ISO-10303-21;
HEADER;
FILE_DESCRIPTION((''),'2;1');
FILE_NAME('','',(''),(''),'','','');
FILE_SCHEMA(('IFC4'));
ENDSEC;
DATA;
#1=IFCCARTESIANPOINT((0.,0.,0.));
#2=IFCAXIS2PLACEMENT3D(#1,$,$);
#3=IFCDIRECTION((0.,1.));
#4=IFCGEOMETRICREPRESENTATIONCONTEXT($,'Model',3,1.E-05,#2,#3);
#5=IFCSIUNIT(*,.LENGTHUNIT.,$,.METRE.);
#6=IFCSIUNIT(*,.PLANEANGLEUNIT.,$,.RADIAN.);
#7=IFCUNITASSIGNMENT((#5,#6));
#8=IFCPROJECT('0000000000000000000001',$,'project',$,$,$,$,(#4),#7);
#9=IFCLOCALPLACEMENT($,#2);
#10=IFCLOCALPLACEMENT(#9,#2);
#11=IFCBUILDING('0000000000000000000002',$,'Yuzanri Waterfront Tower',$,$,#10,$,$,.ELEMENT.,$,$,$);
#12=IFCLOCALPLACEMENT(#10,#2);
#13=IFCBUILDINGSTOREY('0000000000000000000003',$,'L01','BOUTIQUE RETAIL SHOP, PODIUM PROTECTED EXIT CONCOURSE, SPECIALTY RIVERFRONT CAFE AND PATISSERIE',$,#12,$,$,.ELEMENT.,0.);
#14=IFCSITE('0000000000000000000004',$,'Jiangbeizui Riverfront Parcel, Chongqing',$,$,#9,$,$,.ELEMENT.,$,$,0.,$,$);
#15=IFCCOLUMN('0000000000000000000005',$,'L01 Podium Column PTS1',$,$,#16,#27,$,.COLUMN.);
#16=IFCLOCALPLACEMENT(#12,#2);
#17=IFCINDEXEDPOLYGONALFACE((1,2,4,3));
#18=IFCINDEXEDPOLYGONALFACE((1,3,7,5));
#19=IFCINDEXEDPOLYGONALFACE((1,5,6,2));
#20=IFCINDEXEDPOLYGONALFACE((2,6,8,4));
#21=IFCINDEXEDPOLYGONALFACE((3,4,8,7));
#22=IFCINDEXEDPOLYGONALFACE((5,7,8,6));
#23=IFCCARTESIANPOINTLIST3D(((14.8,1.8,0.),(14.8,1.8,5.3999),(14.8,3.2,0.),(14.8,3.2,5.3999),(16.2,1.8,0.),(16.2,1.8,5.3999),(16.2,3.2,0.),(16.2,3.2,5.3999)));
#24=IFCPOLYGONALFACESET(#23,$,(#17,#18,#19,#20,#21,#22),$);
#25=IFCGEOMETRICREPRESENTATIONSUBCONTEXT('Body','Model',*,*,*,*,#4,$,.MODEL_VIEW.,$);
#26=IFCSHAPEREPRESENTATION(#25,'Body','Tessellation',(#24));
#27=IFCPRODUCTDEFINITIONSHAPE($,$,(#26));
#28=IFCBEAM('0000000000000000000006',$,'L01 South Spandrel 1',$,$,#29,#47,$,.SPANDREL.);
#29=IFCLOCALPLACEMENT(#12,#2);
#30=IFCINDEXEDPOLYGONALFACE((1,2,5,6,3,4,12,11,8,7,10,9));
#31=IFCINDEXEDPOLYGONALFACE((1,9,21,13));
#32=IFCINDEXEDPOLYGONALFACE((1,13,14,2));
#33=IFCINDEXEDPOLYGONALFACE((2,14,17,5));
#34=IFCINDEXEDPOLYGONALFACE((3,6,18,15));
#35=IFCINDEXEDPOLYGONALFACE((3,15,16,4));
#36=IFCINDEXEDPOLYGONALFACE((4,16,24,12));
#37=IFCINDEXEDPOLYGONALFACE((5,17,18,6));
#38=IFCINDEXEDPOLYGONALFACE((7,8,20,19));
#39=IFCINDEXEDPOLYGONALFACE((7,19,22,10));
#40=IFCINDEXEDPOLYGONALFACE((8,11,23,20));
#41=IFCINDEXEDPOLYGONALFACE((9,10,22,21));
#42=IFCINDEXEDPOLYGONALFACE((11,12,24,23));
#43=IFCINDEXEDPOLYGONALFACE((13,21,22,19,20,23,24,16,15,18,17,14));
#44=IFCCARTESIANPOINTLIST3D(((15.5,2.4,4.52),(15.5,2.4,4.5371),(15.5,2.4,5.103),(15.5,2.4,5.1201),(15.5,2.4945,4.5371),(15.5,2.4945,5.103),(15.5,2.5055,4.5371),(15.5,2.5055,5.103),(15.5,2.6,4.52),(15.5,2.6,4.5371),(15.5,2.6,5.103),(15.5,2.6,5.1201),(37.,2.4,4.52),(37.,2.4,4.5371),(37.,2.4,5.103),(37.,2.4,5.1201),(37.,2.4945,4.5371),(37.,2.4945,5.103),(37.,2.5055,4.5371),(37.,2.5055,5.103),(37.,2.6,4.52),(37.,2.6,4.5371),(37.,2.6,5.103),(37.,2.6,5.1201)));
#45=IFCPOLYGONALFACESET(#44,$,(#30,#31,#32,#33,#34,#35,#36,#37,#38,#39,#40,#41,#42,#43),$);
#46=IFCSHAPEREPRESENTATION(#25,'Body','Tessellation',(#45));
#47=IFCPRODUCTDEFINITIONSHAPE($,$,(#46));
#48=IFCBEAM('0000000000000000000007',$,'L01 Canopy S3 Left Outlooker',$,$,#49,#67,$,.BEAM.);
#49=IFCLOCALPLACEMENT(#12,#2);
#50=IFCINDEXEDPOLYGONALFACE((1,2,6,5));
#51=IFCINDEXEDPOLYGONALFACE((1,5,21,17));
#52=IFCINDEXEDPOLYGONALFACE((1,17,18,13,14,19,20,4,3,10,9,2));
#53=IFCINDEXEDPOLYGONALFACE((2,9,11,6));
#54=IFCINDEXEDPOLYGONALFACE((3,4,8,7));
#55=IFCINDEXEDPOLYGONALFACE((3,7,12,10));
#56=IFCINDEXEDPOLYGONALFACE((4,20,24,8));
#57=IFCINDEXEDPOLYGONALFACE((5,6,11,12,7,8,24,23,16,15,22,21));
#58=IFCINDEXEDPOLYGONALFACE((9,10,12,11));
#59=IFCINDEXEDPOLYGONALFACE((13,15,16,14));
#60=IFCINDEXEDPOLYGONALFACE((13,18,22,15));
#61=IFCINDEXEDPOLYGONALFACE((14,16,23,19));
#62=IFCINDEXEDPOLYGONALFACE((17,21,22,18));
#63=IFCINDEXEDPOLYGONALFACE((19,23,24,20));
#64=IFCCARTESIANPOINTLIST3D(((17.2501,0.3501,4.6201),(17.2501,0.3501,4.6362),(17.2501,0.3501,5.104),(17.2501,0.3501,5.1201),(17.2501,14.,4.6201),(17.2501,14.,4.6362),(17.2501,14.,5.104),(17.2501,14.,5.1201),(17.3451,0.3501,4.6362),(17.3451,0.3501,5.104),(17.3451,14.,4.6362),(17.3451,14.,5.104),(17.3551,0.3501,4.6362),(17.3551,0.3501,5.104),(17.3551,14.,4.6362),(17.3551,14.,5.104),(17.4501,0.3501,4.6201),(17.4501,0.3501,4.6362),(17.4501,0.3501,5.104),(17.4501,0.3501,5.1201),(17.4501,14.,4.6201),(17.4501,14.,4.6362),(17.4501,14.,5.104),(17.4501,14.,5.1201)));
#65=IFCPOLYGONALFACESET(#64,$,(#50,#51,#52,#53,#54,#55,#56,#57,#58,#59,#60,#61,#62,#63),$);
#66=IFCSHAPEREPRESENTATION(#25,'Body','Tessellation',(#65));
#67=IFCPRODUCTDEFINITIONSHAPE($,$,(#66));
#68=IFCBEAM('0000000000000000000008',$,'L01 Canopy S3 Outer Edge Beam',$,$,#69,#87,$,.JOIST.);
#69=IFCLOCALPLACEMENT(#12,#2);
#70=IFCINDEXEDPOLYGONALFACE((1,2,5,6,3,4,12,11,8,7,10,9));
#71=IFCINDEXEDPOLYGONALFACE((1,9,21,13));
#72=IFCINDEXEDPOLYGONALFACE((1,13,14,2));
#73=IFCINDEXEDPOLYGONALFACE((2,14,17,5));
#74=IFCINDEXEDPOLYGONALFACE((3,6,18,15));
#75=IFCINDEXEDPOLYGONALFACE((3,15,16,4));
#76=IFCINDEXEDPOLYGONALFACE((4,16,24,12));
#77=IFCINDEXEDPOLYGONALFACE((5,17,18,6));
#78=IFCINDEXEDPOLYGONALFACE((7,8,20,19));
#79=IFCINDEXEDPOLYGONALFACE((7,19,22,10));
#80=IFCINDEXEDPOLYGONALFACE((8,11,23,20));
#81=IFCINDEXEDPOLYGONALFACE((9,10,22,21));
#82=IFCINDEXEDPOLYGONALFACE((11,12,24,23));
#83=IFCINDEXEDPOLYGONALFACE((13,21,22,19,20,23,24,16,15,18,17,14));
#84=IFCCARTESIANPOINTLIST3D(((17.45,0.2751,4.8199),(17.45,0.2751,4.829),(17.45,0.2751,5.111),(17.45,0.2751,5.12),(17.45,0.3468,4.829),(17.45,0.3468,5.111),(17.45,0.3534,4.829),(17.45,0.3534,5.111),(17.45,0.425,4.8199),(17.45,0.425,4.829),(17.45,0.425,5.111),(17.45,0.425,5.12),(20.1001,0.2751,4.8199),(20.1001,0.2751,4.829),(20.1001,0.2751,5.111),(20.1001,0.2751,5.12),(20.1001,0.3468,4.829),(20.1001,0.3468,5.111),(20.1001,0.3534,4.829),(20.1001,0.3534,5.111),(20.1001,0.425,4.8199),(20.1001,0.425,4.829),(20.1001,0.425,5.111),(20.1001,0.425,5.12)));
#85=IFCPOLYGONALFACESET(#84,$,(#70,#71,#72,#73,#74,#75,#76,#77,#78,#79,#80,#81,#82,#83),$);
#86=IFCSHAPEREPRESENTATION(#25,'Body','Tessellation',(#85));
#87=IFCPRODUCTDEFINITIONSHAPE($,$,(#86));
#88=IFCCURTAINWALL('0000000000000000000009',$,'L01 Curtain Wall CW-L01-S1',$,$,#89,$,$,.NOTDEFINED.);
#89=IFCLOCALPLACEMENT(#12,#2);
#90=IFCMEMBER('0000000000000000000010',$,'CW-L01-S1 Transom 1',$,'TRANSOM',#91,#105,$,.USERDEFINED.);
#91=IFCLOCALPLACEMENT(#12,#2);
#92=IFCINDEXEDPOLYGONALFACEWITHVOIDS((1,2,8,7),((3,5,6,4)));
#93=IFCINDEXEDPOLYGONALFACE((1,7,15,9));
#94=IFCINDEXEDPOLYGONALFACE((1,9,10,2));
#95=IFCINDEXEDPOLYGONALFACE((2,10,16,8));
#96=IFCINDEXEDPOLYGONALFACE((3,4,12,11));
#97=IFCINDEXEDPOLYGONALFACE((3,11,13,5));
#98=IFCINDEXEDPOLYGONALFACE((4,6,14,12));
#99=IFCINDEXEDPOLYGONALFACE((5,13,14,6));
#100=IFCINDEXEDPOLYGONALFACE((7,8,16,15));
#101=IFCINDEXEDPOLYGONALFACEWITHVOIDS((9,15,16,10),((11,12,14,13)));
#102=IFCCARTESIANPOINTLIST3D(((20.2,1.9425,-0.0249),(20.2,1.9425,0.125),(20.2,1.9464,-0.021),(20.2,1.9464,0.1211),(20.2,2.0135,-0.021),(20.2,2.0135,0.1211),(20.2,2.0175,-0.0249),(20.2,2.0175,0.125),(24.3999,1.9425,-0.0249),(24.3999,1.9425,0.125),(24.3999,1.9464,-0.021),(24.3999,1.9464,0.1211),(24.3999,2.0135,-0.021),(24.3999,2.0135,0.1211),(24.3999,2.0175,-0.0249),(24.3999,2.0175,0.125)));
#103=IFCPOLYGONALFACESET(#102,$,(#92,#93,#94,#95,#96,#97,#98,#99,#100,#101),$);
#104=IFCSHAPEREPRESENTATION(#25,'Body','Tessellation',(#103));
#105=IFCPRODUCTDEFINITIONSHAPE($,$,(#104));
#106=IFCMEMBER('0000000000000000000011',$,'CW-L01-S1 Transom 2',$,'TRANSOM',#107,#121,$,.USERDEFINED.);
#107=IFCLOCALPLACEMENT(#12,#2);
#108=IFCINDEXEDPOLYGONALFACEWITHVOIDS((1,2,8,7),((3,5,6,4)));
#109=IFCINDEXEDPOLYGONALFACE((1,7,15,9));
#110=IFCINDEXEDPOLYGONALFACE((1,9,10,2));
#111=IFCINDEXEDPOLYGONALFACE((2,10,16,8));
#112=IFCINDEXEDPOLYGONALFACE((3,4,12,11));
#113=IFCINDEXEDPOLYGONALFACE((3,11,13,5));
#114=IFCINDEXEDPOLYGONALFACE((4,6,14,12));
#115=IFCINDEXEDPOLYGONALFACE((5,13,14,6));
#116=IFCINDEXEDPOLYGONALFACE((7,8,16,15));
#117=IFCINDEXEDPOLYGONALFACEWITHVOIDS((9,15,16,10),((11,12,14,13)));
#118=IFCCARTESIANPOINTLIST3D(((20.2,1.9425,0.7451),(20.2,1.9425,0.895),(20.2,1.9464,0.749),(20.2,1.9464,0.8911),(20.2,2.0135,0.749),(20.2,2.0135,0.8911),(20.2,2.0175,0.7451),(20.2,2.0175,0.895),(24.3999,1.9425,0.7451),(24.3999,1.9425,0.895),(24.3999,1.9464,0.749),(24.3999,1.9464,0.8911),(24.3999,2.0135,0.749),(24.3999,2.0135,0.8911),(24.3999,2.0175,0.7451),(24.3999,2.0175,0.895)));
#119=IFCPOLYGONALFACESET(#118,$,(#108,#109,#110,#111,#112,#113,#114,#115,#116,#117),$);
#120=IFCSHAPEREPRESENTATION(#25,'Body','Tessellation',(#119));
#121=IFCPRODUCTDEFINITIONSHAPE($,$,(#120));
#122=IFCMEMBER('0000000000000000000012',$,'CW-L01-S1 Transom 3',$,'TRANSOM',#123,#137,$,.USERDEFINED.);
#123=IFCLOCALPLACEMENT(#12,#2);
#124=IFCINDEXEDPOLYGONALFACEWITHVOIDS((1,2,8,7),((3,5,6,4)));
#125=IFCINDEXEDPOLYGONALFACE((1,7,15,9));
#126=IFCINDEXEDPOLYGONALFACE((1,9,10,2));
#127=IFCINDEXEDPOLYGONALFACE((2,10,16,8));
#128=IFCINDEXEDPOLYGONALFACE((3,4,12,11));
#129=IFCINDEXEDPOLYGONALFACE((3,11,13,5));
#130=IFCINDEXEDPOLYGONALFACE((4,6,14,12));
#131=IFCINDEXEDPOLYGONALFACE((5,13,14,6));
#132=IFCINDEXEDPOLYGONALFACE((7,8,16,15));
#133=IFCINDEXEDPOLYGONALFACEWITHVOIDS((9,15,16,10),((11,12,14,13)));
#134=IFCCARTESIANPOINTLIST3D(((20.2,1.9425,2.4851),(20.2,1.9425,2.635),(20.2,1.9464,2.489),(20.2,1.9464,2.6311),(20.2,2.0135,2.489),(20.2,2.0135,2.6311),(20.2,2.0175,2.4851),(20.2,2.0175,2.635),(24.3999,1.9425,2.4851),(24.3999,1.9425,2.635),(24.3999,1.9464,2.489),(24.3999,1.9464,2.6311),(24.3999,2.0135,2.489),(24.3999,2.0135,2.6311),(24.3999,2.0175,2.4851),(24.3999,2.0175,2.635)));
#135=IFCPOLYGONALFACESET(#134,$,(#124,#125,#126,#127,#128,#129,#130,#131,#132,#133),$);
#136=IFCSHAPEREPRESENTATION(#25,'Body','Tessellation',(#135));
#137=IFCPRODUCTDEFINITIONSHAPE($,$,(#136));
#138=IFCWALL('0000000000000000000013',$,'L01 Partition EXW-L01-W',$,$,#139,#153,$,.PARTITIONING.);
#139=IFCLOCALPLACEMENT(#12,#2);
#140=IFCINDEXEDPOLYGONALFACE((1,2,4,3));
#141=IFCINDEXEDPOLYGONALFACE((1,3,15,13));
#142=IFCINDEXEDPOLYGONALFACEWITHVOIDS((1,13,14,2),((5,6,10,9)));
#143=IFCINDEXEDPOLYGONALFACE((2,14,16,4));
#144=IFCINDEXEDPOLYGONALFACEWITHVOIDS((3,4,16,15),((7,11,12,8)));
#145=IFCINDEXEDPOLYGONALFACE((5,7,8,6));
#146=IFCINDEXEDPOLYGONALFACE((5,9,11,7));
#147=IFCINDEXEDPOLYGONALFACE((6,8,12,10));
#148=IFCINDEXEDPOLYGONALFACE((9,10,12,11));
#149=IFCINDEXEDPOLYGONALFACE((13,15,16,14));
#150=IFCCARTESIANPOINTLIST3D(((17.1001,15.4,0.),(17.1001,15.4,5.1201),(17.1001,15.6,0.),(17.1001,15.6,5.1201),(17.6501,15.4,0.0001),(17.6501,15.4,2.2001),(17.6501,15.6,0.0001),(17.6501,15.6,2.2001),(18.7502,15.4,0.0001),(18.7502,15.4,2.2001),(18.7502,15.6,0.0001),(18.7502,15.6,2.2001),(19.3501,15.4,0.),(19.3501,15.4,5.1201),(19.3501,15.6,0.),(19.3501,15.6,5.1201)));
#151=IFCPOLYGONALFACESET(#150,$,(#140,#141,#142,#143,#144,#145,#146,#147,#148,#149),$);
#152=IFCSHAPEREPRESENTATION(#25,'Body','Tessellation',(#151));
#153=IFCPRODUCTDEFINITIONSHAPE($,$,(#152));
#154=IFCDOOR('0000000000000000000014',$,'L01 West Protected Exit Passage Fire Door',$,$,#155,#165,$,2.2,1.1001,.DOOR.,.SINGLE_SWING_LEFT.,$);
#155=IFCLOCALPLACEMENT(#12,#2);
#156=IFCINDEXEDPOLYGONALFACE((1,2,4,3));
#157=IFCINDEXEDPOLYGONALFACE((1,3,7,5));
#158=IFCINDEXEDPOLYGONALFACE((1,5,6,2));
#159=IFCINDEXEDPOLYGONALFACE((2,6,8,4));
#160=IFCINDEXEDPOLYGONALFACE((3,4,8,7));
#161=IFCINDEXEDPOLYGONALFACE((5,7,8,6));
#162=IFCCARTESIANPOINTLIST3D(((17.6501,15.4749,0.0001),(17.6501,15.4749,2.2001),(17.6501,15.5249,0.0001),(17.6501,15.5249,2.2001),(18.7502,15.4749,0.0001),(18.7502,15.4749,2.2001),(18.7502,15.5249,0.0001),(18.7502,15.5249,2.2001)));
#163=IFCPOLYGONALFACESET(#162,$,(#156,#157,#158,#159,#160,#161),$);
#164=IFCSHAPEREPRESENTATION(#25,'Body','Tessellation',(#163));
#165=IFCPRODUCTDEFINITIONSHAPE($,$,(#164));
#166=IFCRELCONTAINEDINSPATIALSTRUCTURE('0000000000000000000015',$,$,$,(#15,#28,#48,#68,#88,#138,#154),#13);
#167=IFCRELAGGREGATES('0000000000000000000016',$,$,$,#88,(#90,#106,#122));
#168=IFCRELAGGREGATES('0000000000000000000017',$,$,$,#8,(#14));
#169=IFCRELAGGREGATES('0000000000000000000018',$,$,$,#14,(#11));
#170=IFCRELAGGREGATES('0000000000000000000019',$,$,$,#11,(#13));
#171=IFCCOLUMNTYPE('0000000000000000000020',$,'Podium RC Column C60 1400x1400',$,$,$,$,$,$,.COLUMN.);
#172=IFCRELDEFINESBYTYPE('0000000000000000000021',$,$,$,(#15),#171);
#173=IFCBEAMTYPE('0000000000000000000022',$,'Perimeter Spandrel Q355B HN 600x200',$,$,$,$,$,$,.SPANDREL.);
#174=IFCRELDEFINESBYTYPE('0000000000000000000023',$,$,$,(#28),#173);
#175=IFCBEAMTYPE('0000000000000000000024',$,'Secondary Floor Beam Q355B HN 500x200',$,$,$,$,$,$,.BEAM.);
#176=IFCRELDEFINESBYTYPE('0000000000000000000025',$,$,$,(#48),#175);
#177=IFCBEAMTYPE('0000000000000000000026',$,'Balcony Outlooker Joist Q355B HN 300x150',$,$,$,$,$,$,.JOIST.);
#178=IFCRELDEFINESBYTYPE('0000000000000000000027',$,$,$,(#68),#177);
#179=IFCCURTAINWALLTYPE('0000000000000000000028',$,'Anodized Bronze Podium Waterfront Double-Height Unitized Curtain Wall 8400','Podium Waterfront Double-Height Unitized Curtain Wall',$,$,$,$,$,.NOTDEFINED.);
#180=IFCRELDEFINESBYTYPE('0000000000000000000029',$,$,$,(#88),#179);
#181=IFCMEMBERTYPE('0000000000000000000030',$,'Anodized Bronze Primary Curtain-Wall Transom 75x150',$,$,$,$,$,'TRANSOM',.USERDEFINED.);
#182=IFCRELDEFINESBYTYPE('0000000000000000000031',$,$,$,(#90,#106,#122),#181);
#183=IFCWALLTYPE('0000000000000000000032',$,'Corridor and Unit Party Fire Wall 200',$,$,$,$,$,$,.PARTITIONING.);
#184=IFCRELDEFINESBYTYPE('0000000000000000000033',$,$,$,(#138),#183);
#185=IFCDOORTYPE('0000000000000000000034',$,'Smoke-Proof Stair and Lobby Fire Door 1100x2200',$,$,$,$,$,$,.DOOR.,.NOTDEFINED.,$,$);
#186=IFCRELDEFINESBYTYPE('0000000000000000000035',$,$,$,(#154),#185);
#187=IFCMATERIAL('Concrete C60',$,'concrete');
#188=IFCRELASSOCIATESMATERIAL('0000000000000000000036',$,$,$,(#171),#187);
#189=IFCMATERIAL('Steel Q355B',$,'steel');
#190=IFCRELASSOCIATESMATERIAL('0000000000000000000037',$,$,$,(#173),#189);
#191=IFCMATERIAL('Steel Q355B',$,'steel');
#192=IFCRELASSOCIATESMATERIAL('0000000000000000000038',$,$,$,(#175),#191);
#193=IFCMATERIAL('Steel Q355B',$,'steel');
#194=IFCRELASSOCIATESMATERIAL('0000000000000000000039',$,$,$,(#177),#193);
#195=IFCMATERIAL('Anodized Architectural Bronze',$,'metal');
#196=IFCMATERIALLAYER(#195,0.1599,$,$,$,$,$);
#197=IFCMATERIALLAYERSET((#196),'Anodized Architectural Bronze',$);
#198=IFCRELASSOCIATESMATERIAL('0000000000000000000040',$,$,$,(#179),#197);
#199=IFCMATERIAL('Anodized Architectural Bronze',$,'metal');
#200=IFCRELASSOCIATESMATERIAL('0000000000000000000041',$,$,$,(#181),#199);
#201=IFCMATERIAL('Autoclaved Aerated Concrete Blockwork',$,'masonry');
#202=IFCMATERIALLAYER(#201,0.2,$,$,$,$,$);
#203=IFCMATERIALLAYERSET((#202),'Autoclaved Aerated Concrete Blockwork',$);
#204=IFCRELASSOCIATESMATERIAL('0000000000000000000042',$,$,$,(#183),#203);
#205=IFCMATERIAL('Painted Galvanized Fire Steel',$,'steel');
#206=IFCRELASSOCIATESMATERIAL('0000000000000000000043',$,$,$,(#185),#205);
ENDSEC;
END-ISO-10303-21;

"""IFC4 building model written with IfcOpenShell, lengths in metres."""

from ifc_helpers import new_model, si_unit, direction, frame, frame_2d, origin, origin_2d, place, context, subcontext, project, spatial, rectangle, hollow_rectangle, i_section, extrude, source, transform, mapped, material, layer, layer_set, material_profile, profile_set, type_object, element, fill, aggregate, save


model = new_model("IFC4")

# Units and contexts
model_context = context("Model", 3, precision=1e-05, world=origin(), true_north=direction((0.0, 1.0)))
body_context = subcontext(model_context, "Body", "Model", "MODEL_VIEW")
ifc_project = project(units=[si_unit("LENGTHUNIT", "METRE"), si_unit("PLANEANGLEUNIT", "RADIAN")], contexts=[model_context])

# Site, building, storey
site_placement = place(None, origin())
site = spatial("IfcSite", under=ifc_project, at=site_placement, Name="Jiangbeizui Riverfront Parcel, Chongqing", CompositionType="ELEMENT", RefElevation=0.0)
building_placement = place(site_placement, origin())
building = spatial("IfcBuilding", under=site, at=building_placement, Name="Yuzanri Waterfront Tower", CompositionType="ELEMENT")
storey_placement = place(building_placement, origin())
storey = spatial("IfcBuildingStorey", under=building, at=storey_placement, Name="L01", Description="BOUTIQUE RETAIL SHOP, PODIUM PROTECTED EXIT CONCOURSE, SPECIALTY RIVERFRONT CAFE AND PATISSERIE", CompositionType="ELEMENT", Elevation=0.0)

# Column
ifc_material_1 = material(Name="Concrete C60", Category="concrete")
ifc_material_profile_1 = material_profile(ifc_material_1, rectangle(XDim=1.3999, YDim=1.3999, at=origin_2d()), Name="RC 1400x1400")
ifc_profile_set_1 = profile_set([ifc_material_profile_1], Name="Concrete C60")
column_type = type_object("IfcColumnType", Name="Podium RC Column C60 1400x1400", PredefinedType="COLUMN", material=ifc_profile_set_1)
shared_shape_1 = source(origin(), body_context, "Body", "SweptSolid", [
    extrude(rectangle(XDim=1.3999, YDim=1.3999, at=origin_2d()), origin(), (0.0, 0.0, 1.0), 5.3999),
])
column_placement = place(storey_placement, frame((15.5, 2.5, 0.0), z_axis=(0.0, 0.0, 1.0), x_axis=(1.0, 0.0, 0.0)))
element("IfcColumn", 1, at=column_placement, inside=storey, type_object=column_type, Name="L01 Podium Column PTS1", PredefinedType="COLUMN", context=body_context, shape_type="MappedRepresentation", body=[
    mapped(shared_shape_1, transform((0.0, 0.0, 0.0), scale=1.0)),
])

# Beams
ifc_material_2 = material(Name="Steel Q355B", Category="steel")
ifc_material_profile_2 = material_profile(ifc_material_2, i_section(OverallWidth=0.2, OverallDepth=0.6001, WebThickness=0.011, FlangeThickness=0.0171, at=origin_2d()), Name="HN 600x200x11x17")
ifc_profile_set_2 = profile_set([ifc_material_profile_2], Name="Steel Q355B")
beam_type_1 = type_object("IfcBeamType", Name="Perimeter Spandrel Q355B HN 600x200", PredefinedType="SPANDREL", material=ifc_profile_set_2)
shared_shape_2 = source(origin(), body_context, "Body", "SweptSolid", [
    extrude(i_section(OverallWidth=0.2, OverallDepth=0.6001, WebThickness=0.011, FlangeThickness=0.0171, at=origin_2d()), origin(), (0.0, 0.0, 1.0), 21.5),
])
beam_1_placement = place(storey_placement, frame((15.5, 2.5, 4.8201), z_axis=(1.0, 0.0, 0.0), x_axis=(0.0, 1.0, 0.0)))
element("IfcBeam", 2, at=beam_1_placement, inside=storey, type_object=beam_type_1, Name="L01 South Spandrel 1", PredefinedType="SPANDREL", context=body_context, shape_type="MappedRepresentation", body=[
    mapped(shared_shape_2, transform((0.0, 0.0, 0.0), scale=1.0)),
])
ifc_material_3 = material(Name="Steel Q355B", Category="steel")
ifc_material_profile_3 = material_profile(ifc_material_3, i_section(OverallWidth=0.2, OverallDepth=0.5, WebThickness=0.01, FlangeThickness=0.0161, at=origin_2d()), Name="HN 500x200x10x16")
ifc_profile_set_3 = profile_set([ifc_material_profile_3], Name="Steel Q355B")
beam_type_2 = type_object("IfcBeamType", Name="Secondary Floor Beam Q355B HN 500x200", PredefinedType="BEAM", material=ifc_profile_set_3)
shared_shape_3 = source(origin(), body_context, "Body", "SweptSolid", [
    extrude(i_section(OverallWidth=0.2, OverallDepth=0.5, WebThickness=0.01, FlangeThickness=0.0161, at=origin_2d()), origin(), (0.0, 0.0, 1.0), 13.6499),
])
beam_2_placement = place(storey_placement, frame((17.3501, 14.0, 4.8701), z_axis=(0.0, -1.0, 0.0), x_axis=(1.0, 0.0, 0.0)))
element("IfcBeam", 3, at=beam_2_placement, inside=storey, type_object=beam_type_2, Name="L01 Canopy S3 Left Outlooker", PredefinedType="BEAM", context=body_context, shape_type="MappedRepresentation", body=[
    mapped(shared_shape_3, transform((0.0, 0.0, 0.0), scale=1.0)),
])
ifc_material_4 = material(Name="Steel Q355B", Category="steel")
ifc_material_profile_4 = material_profile(ifc_material_4, i_section(OverallWidth=0.1499, OverallDepth=0.3, WebThickness=0.0066, FlangeThickness=0.009, at=origin_2d()), Name="HN 300x150x6.5x9")
ifc_profile_set_4 = profile_set([ifc_material_profile_4], Name="Steel Q355B")
beam_type_3 = type_object("IfcBeamType", Name="Balcony Outlooker Joist Q355B HN 300x150", PredefinedType="JOIST", material=ifc_profile_set_4)
shared_shape_4 = source(origin(), body_context, "Body", "SweptSolid", [
    extrude(i_section(OverallWidth=0.1499, OverallDepth=0.3, WebThickness=0.0066, FlangeThickness=0.009, at=origin_2d()), origin(), (0.0, 0.0, 1.0), 2.6501),
])
beam_3_placement = place(storey_placement, frame((17.45, 0.3501, 4.97), z_axis=(1.0, 0.0, 0.0), x_axis=(0.0, 1.0, 0.0)))
element("IfcBeam", 4, at=beam_3_placement, inside=storey, type_object=beam_type_3, Name="L01 Canopy S3 Outer Edge Beam", PredefinedType="JOIST", context=body_context, shape_type="MappedRepresentation", body=[
    mapped(shared_shape_4, transform((0.0, 0.0, 0.0), scale=1.0)),
])

# Curtain wall, members
ifc_material_5 = material(Name="Anodized Architectural Bronze", Category="metal")
ifc_layer_1 = layer(ifc_material_5, 0.1599)
ifc_layer_set_1 = layer_set([ifc_layer_1], Name="Anodized Architectural Bronze")
curtain_wall_type = type_object("IfcCurtainWallType", Name="Anodized Bronze Podium Waterfront Double-Height Unitized Curtain Wall 8400", Description="Podium Waterfront Double-Height Unitized Curtain Wall", PredefinedType="NOTDEFINED", material=ifc_layer_set_1)
curtain_wall_placement = place(storey_placement, origin())
curtain_wall = element("IfcCurtainWall", 5, at=curtain_wall_placement, inside=storey, type_object=curtain_wall_type, Name="L01 Curtain Wall CW-L01-S1", PredefinedType="NOTDEFINED")
ifc_material_6 = material(Name="Anodized Architectural Bronze", Category="metal")
ifc_material_profile_5 = material_profile(ifc_material_6, hollow_rectangle(XDim=0.075, YDim=0.1499, WallThickness=0.0039, at=origin_2d()), Name="CWT 75x150")
ifc_profile_set_5 = profile_set([ifc_material_profile_5], Name="Anodized Architectural Bronze")
member_type = type_object("IfcMemberType", Name="Anodized Bronze Primary Curtain-Wall Transom 75x150", ElementType="TRANSOM", PredefinedType="USERDEFINED", material=ifc_profile_set_5)
shared_shape_5 = source(origin(), body_context, "Body", "SweptSolid", [
    extrude(hollow_rectangle(XDim=0.075, YDim=0.1499, WallThickness=0.0039, at=origin_2d()), origin(), (0.0, 0.0, 1.0), 4.2),
])
member_1_placement = place(storey_placement, frame((20.2, 1.98, 0.05), z_axis=(1.0, 0.0, 0.0), x_axis=(0.0, 1.0, 0.0)))
member_1 = element("IfcMember", 6, at=member_1_placement, type_object=member_type, Name="CW-L01-S1 Transom 1", ObjectType="TRANSOM", PredefinedType="USERDEFINED", context=body_context, shape_type="MappedRepresentation", body=[
    mapped(shared_shape_5, transform((0.0, 0.0, 0.0), scale=1.0)),
])
member_2_placement = place(storey_placement, frame((20.2, 1.98, 0.8201), z_axis=(1.0, 0.0, 0.0), x_axis=(0.0, 1.0, 0.0)))
member_2 = element("IfcMember", 7, at=member_2_placement, type_object=member_type, Name="CW-L01-S1 Transom 2", ObjectType="TRANSOM", PredefinedType="USERDEFINED", context=body_context, shape_type="MappedRepresentation", body=[
    mapped(shared_shape_5, transform((0.0, 0.0, 0.0), scale=1.0)),
])
member_3_placement = place(storey_placement, frame((20.2, 1.98, 2.5601), z_axis=(1.0, 0.0, 0.0), x_axis=(0.0, 1.0, 0.0)))
member_3 = element("IfcMember", 8, at=member_3_placement, type_object=member_type, Name="CW-L01-S1 Transom 3", ObjectType="TRANSOM", PredefinedType="USERDEFINED", context=body_context, shape_type="MappedRepresentation", body=[
    mapped(shared_shape_5, transform((0.0, 0.0, 0.0), scale=1.0)),
])
aggregate(curtain_wall, [member_1, member_2, member_3])

# Wall, opening, door
ifc_material_7 = material(Name="Autoclaved Aerated Concrete Blockwork", Category="masonry")
ifc_layer_2 = layer(ifc_material_7, 0.2)
ifc_layer_set_2 = layer_set([ifc_layer_2], Name="Autoclaved Aerated Concrete Blockwork")
wall_type_1 = type_object("IfcWallType", Name="Corridor and Unit Party Fire Wall 200", PredefinedType="PARTITIONING", material=ifc_layer_set_2)
wall_1_placement = place(storey_placement, frame((17.1001, 15.5, 0.0), z_axis=(0.0, 0.0, 1.0), x_axis=(1.0, 0.0, 0.0)))
wall_1 = element("IfcWall", 9, at=wall_1_placement, inside=storey, type_object=wall_type_1, Name="L01 Partition EXW-L01-W", PredefinedType="PARTITIONING", context=body_context, shape_type="SweptSolid", body=[
    extrude(rectangle(XDim=2.25, YDim=0.2, at=frame_2d((1.125, 0.0))), origin(), (0.0, 0.0, 1.0), 5.1201),
])
opening_1_placement = place(wall_1_placement, frame((0.55, 0.0, 0.0)))
opening_1 = element("IfcOpeningElement", 10, at=opening_1_placement, cuts=wall_1, PredefinedType="OPENING", context=body_context, shape_type="SweptSolid", body=[
    extrude(rectangle(XDim=1.1001, YDim=2.2, at=frame_2d((0.55, 1.1001))), frame((0.0, 0.1147, 0.0), z_axis=(0.0, -1.0, 0.0), x_axis=(1.0, 0.0, 0.0)), (0.0, 0.0, 1.0), 0.2297),
])
ifc_material_8 = material(Name="Painted Galvanized Fire Steel", Category="steel")
door_type_1 = type_object("IfcDoorType", Name="Smoke-Proof Stair and Lobby Fire Door 1100x2200", OperationType="NOTDEFINED", PredefinedType="DOOR", material=ifc_material_8)
shared_shape_6 = source(origin(), body_context, "Body", "SweptSolid", [
    extrude(rectangle(XDim=1.1001, YDim=2.2, at=frame_2d((0.55, 1.1001))), frame((0.0, 0.0249, 0.0), z_axis=(0.0, -1.0, 0.0), x_axis=(1.0, 0.0, 0.0)), (0.0, 0.0, 1.0), 0.05),
])
door_1_placement = place(opening_1_placement, origin())
door_1 = element("IfcDoor", 11, at=door_1_placement, inside=storey, type_object=door_type_1, Name="L01 West Protected Exit Passage Fire Door", OperationType="SINGLE_SWING_LEFT", OverallHeight=2.2, OverallWidth=1.1001, PredefinedType="DOOR", context=body_context, shape_type="MappedRepresentation", body=[
    mapped(shared_shape_6, transform((0.0, 0.0, 0.0), scale=1.0)),
])
fill(opening_1, door_1)

save(model, "model.ifc")
